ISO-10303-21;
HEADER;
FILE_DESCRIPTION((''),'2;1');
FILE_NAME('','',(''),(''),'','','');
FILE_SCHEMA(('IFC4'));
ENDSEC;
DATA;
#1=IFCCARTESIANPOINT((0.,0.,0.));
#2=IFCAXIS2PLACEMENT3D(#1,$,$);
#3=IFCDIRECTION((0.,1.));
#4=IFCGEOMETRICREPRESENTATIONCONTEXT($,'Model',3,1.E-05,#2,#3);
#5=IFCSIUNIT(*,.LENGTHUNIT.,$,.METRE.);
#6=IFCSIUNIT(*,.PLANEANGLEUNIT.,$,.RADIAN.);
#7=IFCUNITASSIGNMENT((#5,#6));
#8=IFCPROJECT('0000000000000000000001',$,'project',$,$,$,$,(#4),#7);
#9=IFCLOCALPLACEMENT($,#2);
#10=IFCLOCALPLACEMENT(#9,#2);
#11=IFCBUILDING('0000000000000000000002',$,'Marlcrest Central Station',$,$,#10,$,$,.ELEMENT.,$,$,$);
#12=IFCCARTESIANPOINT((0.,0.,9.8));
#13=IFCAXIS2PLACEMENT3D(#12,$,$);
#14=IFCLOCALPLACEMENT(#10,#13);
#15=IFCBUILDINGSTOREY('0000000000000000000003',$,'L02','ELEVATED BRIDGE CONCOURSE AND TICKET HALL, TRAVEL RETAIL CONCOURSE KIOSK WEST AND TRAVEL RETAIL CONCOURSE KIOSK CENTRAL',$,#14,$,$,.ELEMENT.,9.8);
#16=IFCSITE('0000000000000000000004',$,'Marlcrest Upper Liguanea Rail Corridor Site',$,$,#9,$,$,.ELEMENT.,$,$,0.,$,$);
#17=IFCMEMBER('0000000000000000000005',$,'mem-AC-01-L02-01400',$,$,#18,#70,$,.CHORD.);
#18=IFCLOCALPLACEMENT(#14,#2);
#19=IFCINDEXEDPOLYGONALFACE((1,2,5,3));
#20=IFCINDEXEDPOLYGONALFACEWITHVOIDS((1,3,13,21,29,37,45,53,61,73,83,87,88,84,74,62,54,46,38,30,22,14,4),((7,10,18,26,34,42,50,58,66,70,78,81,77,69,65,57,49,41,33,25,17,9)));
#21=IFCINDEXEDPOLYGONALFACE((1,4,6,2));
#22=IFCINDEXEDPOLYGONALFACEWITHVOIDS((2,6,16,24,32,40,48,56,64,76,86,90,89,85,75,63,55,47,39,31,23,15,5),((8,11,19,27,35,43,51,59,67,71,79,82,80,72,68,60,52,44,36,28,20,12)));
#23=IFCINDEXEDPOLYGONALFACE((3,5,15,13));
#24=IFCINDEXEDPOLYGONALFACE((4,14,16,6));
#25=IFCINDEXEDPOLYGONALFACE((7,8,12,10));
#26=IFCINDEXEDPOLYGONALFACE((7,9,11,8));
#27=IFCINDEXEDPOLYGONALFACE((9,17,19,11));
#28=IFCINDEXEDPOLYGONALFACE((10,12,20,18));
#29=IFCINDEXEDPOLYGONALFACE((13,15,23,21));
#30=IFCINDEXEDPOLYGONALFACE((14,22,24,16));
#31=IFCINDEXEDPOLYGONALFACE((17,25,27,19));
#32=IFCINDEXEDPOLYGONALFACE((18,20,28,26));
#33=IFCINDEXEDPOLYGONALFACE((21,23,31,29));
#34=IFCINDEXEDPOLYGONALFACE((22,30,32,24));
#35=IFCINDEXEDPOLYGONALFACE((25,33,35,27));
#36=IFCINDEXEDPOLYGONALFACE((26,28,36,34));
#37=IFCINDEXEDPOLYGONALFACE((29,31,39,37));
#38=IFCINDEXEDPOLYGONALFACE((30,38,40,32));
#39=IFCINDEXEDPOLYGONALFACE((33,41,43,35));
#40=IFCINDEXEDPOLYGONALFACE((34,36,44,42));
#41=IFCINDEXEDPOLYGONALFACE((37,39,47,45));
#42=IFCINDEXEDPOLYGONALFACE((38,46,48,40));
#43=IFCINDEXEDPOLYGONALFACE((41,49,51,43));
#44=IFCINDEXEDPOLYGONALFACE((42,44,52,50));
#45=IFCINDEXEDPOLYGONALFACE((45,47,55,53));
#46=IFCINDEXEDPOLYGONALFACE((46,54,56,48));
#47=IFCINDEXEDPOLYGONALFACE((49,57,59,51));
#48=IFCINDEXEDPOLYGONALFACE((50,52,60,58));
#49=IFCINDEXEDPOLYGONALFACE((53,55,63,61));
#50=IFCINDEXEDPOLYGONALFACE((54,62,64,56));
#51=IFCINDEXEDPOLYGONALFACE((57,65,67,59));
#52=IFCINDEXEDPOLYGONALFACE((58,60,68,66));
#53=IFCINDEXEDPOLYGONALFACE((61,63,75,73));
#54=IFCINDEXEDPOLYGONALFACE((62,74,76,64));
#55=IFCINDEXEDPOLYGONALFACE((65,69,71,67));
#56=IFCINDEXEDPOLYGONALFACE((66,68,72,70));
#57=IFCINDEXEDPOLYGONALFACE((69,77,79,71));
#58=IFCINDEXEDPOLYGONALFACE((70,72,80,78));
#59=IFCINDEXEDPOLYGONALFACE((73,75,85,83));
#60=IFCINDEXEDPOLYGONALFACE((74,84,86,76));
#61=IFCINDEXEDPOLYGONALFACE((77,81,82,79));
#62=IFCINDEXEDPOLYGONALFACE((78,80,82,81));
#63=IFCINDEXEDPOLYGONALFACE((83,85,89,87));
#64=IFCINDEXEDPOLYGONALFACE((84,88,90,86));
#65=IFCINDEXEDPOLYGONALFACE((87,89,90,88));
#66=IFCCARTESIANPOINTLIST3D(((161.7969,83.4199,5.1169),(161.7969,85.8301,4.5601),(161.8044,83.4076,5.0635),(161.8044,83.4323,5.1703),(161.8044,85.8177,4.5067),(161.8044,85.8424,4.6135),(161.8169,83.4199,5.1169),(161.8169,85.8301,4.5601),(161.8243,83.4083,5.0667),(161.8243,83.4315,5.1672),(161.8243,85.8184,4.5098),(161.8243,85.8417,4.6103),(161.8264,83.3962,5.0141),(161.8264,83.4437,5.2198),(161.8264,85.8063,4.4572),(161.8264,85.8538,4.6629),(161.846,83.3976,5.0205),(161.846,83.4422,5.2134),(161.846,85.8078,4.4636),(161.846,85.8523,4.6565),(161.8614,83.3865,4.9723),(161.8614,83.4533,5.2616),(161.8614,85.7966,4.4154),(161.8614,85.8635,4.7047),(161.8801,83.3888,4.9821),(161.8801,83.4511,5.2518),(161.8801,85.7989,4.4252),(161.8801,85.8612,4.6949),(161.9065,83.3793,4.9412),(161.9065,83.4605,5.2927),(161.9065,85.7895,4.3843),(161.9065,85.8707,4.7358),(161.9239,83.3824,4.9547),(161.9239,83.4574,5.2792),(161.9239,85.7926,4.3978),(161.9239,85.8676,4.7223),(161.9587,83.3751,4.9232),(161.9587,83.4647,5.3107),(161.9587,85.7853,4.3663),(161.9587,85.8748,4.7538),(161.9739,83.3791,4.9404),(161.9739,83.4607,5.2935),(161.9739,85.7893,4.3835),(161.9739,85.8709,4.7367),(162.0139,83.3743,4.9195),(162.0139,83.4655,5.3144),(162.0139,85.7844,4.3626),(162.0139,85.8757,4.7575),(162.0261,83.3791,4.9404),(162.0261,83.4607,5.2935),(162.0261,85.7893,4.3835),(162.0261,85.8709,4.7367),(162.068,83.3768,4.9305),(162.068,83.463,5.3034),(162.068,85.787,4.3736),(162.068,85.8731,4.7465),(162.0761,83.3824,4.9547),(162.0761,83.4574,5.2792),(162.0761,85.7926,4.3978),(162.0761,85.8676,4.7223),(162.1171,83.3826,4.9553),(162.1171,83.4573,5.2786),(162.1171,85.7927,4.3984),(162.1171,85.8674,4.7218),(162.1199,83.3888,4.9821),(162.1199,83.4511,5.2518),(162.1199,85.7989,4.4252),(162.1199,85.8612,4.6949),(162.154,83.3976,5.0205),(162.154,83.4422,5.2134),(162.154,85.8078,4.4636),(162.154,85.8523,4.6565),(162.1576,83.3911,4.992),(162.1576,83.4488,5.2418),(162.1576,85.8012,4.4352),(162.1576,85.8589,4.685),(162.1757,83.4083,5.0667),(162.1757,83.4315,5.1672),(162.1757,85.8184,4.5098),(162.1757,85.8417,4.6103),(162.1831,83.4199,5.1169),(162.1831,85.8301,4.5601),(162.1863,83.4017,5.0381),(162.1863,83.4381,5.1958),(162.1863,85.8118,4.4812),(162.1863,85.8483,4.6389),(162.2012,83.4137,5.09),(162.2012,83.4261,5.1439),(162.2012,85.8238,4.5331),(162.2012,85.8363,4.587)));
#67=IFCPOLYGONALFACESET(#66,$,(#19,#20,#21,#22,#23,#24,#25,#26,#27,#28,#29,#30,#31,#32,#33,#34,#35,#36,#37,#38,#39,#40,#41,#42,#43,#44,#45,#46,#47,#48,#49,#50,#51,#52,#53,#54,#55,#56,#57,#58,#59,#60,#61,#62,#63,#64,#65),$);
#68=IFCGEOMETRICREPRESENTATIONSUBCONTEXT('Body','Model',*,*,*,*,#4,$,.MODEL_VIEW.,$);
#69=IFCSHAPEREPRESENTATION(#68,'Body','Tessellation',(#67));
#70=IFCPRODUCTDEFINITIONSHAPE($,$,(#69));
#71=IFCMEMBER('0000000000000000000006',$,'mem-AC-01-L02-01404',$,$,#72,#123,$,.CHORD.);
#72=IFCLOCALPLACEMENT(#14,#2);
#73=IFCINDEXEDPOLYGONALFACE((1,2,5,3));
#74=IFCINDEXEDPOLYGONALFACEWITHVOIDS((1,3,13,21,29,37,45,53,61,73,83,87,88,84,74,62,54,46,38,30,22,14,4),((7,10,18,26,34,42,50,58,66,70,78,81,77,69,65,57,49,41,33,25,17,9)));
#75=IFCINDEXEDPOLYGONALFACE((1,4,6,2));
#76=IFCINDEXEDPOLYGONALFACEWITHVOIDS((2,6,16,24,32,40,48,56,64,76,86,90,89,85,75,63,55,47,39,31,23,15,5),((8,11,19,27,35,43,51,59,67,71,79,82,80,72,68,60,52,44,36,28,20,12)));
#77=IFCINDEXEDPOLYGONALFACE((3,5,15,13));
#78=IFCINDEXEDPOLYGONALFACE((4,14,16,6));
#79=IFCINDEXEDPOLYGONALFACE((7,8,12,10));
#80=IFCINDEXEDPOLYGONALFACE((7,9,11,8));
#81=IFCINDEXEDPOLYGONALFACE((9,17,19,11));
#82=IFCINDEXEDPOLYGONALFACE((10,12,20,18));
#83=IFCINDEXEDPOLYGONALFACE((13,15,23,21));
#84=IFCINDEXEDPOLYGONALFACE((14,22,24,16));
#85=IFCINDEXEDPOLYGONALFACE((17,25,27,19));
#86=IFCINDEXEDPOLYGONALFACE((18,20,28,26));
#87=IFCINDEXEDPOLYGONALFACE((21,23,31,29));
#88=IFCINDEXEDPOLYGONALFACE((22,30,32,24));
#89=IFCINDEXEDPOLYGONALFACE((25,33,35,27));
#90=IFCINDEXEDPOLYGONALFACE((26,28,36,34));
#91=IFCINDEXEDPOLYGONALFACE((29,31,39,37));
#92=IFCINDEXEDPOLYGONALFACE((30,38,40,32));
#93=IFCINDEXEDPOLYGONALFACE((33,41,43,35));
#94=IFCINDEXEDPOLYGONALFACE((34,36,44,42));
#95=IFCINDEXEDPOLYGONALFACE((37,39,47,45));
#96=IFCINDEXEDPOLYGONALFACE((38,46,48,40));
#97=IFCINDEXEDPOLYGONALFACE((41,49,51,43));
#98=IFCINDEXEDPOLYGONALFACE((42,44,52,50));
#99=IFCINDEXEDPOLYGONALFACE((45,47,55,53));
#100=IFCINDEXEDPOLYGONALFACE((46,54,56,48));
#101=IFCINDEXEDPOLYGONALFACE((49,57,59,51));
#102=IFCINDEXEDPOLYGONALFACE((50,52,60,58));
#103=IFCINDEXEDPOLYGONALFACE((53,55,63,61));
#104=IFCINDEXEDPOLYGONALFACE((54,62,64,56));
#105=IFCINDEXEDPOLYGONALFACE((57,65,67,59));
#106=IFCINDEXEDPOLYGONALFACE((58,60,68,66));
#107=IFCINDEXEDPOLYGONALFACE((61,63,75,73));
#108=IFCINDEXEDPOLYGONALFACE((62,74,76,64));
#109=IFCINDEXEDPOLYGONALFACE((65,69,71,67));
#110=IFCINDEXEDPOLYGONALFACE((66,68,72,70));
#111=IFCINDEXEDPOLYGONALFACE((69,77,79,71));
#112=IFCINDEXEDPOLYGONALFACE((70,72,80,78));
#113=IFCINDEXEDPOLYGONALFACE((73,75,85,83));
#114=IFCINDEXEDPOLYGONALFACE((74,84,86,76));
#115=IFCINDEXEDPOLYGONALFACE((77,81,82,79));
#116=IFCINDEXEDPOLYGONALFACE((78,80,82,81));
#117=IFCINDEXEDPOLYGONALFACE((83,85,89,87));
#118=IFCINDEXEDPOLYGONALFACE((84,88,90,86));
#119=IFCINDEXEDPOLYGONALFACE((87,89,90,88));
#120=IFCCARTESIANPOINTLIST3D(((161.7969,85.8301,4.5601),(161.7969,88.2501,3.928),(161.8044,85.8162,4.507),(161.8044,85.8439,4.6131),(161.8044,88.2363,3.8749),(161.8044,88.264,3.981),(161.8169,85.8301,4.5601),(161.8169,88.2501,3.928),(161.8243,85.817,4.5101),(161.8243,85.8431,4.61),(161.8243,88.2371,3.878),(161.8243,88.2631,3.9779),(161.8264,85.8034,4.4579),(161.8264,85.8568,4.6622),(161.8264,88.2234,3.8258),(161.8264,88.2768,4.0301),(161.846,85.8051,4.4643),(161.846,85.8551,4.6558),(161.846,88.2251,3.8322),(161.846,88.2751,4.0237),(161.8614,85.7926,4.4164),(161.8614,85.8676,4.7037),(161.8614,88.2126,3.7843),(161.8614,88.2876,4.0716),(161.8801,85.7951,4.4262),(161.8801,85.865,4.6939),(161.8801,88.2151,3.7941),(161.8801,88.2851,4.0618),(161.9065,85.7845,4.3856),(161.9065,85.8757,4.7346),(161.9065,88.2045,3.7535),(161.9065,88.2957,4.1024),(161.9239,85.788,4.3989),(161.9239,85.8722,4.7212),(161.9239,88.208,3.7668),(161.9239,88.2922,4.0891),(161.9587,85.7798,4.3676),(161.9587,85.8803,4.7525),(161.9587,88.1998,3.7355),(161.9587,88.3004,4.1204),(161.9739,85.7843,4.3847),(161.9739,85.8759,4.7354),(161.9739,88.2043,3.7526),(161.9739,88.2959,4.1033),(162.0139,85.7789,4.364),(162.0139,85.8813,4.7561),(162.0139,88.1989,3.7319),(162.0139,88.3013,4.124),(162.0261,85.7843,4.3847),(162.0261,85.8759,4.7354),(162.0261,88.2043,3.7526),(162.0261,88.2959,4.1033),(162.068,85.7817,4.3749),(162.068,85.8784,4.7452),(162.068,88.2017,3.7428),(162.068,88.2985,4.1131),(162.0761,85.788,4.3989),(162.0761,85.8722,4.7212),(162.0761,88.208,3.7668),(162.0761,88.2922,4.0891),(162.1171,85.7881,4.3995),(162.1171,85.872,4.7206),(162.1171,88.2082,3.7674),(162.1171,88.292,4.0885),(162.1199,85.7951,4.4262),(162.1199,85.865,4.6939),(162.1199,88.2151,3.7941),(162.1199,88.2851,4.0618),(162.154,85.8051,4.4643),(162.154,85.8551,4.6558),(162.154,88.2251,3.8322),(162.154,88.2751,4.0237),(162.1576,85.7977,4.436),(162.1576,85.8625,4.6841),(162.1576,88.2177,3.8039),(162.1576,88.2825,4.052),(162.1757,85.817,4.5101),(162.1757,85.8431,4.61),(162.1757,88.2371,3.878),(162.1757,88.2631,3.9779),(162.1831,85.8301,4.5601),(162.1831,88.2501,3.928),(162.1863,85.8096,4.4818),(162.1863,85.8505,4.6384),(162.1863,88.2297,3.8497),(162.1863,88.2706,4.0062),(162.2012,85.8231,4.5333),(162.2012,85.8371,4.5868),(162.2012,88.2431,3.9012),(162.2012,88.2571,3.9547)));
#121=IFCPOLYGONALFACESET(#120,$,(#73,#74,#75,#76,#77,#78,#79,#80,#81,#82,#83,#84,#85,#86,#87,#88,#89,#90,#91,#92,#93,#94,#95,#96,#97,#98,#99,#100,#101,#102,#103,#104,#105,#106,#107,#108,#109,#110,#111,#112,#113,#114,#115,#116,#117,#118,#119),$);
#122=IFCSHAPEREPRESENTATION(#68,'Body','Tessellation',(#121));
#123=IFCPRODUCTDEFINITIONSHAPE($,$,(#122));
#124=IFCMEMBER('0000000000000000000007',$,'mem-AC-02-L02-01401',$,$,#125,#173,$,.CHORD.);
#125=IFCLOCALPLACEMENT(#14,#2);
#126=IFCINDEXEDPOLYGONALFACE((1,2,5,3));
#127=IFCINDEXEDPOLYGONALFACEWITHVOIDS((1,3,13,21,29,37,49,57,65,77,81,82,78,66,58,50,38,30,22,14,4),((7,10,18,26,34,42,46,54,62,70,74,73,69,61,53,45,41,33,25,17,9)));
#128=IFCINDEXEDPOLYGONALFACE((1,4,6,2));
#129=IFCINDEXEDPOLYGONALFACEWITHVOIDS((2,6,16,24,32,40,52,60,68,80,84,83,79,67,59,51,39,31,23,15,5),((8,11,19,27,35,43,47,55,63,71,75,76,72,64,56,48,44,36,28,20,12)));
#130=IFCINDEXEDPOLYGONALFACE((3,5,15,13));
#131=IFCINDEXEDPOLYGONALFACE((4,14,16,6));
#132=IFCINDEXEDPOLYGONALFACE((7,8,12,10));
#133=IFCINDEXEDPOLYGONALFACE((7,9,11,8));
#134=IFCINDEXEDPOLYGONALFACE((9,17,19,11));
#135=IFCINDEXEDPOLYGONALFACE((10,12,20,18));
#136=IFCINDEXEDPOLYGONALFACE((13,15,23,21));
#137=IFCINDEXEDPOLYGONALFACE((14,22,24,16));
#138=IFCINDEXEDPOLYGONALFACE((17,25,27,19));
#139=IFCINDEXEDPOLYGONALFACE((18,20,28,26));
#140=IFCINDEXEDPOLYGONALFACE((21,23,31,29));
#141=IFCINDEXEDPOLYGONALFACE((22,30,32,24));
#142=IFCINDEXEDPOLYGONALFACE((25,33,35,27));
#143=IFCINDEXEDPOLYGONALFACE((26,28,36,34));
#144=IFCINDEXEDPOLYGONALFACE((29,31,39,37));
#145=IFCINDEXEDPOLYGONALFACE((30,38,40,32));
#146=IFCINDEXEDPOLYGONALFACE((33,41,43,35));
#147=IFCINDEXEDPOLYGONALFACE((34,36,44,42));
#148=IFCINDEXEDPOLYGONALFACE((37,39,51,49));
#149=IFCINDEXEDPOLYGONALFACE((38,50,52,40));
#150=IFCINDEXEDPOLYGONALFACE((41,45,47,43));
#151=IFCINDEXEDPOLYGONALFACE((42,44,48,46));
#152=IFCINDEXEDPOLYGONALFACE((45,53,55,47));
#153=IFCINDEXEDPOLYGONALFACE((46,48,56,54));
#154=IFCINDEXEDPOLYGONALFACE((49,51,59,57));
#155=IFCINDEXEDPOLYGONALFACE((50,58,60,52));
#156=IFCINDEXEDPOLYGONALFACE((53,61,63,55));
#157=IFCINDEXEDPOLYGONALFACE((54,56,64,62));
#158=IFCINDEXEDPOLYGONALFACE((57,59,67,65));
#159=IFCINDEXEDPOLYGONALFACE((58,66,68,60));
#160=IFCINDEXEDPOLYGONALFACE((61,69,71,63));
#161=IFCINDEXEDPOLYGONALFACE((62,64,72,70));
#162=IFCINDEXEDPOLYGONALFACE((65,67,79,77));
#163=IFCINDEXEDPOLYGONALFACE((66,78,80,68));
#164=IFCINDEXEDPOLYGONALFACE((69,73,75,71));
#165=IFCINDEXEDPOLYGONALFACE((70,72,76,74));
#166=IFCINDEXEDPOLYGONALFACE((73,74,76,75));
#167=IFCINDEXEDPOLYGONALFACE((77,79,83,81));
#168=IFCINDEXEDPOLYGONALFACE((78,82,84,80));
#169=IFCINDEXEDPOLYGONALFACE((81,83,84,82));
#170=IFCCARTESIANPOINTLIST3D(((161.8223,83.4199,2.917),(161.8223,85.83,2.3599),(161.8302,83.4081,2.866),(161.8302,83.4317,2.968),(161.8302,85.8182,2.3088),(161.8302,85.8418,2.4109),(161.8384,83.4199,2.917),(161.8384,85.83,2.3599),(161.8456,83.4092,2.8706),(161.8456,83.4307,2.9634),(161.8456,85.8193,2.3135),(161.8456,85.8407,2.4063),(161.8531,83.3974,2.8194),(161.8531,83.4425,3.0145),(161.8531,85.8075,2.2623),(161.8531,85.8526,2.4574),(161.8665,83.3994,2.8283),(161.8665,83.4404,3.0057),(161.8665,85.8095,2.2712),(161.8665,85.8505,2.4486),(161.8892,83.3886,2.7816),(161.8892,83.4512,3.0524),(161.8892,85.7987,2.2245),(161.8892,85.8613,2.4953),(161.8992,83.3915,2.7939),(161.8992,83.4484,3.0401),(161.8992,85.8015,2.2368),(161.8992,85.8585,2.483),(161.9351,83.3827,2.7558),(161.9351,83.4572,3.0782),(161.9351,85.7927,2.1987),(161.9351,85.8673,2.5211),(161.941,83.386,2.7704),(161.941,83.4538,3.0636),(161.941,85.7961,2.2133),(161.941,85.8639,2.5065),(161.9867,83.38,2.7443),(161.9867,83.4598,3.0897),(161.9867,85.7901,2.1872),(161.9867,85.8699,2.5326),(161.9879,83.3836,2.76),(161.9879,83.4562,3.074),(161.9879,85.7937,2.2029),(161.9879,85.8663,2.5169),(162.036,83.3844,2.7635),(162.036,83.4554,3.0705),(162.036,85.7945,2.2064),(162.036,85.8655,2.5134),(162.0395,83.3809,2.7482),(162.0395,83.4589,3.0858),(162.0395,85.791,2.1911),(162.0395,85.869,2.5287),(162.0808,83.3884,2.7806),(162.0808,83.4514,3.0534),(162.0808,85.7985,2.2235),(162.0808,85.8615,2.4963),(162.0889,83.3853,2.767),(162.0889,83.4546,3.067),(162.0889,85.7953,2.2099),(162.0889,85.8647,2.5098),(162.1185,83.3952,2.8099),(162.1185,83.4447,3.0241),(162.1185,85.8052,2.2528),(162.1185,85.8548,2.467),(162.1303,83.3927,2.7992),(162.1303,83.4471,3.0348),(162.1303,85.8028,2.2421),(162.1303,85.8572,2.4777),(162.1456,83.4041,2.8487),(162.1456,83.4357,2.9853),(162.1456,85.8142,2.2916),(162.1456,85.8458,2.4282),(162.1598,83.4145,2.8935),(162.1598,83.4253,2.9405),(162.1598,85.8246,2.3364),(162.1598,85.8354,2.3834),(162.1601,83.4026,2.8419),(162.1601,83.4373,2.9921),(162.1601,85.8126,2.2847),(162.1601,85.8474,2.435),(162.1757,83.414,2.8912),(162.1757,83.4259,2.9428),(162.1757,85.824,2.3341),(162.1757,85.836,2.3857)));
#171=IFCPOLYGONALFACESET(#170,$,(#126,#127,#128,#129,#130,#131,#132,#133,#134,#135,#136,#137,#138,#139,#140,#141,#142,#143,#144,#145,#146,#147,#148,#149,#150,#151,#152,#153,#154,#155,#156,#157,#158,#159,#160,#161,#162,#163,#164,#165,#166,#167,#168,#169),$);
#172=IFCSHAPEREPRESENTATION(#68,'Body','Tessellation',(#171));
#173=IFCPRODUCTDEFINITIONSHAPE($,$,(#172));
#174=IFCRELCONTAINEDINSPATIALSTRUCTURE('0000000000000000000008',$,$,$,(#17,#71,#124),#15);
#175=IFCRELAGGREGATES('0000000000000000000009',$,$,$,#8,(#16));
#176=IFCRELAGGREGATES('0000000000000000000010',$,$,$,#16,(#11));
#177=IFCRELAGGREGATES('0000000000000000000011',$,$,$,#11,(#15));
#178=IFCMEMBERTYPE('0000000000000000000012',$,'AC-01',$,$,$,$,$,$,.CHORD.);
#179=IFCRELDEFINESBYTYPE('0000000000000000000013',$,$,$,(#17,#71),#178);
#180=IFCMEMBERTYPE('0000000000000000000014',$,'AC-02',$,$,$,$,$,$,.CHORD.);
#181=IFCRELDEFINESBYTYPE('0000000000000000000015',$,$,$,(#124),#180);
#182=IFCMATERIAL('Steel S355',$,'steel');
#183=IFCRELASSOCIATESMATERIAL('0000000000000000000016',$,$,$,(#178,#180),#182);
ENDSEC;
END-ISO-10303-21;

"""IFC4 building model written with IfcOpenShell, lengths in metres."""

from ifc_helpers import new_model, si_unit, direction, frame, origin, origin_2d, place, context, subcontext, project, spatial, hollow_circle, extrude, material, material_profile, profile_set, type_object, element, save


model = new_model("IFC4")

# Units and contexts
model_context = context("Model", 3, precision=1e-05, world=origin(), true_north=direction((0.0, 1.0)))
body_context = subcontext(model_context, "Body", "Model", "MODEL_VIEW")
ifc_project = project(units=[si_unit("LENGTHUNIT", "METRE"), si_unit("PLANEANGLEUNIT", "RADIAN")], contexts=[model_context])

# Site, building, storey
site_placement = place(None, origin())
site = spatial("IfcSite", under=ifc_project, at=site_placement, Name="Marlcrest Upper Liguanea Rail Corridor Site", CompositionType="ELEMENT", RefElevation=0.0)
building_placement = place(site_placement, origin())
building = spatial("IfcBuilding", under=site, at=building_placement, Name="Marlcrest Central Station", CompositionType="ELEMENT")
storey_placement = place(building_placement, frame((0.0, 0.0, 9.8)))
storey = spatial("IfcBuildingStorey", under=building, at=storey_placement, Name="L02", Description="ELEVATED BRIDGE CONCOURSE AND TICKET HALL, TRAVEL RETAIL CONCOURSE KIOSK WEST AND TRAVEL RETAIL CONCOURSE KIOSK CENTRAL", CompositionType="ELEMENT", Elevation=9.8)

# Members
ifc_material_1 = material(Name="Steel S355", Category="steel")
ifc_material_profile_1 = material_profile(ifc_material_1, hollow_circle(Radius=0.2031, WallThickness=0.02, at=origin_2d()), Name="CHS 406.4x20")
ifc_profile_set_1 = profile_set([ifc_material_profile_1], Name="Steel S355")
member_type_1 = type_object("IfcMemberType", Name="AC-01", PredefinedType="CHORD", material=ifc_profile_set_1)
member_1_placement = place(storey_placement, frame((162.0, 83.4199, 5.1169), z_axis=(0.0, 0.97433, -0.225126), x_axis=(-1.0, 0.0, 0.0)))
element("IfcMember", 1, at=member_1_placement, inside=storey, type_object=member_type_1, Name="mem-AC-01-L02-01400", PredefinedType="CHORD", context=body_context, shape_type="SweptSolid", body=[
    extrude(hollow_circle(Radius=0.2031, WallThickness=0.02, at=origin_2d()), origin(), (0.0, 0.0, 1.0), 2.4736),
])
member_2_placement = place(storey_placement, frame((162.0, 85.8301, 4.5601), z_axis=(0.0, 0.967539, -0.25272), x_axis=(-1.0, 0.0, 0.0)))
element("IfcMember", 2, at=member_2_placement, inside=storey, type_object=member_type_1, Name="mem-AC-01-L02-01404", PredefinedType="CHORD", context=body_context, shape_type="SweptSolid", body=[
    extrude(hollow_circle(Radius=0.2031, WallThickness=0.02, at=origin_2d()), origin(), (0.0, 0.0, 1.0), 2.5012),
])
ifc_material_profile_2 = material_profile(ifc_material_1, hollow_circle(Radius=0.1777, WallThickness=0.0161, at=origin_2d()), Name="CHS 355.6x16")
ifc_profile_set_2 = profile_set([ifc_material_profile_2], Name="Steel S355")
member_type_2 = type_object("IfcMemberType", Name="AC-02", PredefinedType="CHORD", material=ifc_profile_set_2)
member_3_placement = place(storey_placement, frame((162.0, 83.4199, 2.917), z_axis=(0.0, 0.974308, -0.22522), x_axis=(-1.0, 0.0, 0.0)))
element("IfcMember", 3, at=member_3_placement, inside=storey, type_object=member_type_2, Name="mem-AC-02-L02-01401", PredefinedType="CHORD", context=body_context, shape_type="SweptSolid", body=[
    extrude(hollow_circle(Radius=0.1777, WallThickness=0.0161, at=origin_2d()), origin(), (0.0, 0.0, 1.0), 2.4736),
])

save(model, "model.ifc")
